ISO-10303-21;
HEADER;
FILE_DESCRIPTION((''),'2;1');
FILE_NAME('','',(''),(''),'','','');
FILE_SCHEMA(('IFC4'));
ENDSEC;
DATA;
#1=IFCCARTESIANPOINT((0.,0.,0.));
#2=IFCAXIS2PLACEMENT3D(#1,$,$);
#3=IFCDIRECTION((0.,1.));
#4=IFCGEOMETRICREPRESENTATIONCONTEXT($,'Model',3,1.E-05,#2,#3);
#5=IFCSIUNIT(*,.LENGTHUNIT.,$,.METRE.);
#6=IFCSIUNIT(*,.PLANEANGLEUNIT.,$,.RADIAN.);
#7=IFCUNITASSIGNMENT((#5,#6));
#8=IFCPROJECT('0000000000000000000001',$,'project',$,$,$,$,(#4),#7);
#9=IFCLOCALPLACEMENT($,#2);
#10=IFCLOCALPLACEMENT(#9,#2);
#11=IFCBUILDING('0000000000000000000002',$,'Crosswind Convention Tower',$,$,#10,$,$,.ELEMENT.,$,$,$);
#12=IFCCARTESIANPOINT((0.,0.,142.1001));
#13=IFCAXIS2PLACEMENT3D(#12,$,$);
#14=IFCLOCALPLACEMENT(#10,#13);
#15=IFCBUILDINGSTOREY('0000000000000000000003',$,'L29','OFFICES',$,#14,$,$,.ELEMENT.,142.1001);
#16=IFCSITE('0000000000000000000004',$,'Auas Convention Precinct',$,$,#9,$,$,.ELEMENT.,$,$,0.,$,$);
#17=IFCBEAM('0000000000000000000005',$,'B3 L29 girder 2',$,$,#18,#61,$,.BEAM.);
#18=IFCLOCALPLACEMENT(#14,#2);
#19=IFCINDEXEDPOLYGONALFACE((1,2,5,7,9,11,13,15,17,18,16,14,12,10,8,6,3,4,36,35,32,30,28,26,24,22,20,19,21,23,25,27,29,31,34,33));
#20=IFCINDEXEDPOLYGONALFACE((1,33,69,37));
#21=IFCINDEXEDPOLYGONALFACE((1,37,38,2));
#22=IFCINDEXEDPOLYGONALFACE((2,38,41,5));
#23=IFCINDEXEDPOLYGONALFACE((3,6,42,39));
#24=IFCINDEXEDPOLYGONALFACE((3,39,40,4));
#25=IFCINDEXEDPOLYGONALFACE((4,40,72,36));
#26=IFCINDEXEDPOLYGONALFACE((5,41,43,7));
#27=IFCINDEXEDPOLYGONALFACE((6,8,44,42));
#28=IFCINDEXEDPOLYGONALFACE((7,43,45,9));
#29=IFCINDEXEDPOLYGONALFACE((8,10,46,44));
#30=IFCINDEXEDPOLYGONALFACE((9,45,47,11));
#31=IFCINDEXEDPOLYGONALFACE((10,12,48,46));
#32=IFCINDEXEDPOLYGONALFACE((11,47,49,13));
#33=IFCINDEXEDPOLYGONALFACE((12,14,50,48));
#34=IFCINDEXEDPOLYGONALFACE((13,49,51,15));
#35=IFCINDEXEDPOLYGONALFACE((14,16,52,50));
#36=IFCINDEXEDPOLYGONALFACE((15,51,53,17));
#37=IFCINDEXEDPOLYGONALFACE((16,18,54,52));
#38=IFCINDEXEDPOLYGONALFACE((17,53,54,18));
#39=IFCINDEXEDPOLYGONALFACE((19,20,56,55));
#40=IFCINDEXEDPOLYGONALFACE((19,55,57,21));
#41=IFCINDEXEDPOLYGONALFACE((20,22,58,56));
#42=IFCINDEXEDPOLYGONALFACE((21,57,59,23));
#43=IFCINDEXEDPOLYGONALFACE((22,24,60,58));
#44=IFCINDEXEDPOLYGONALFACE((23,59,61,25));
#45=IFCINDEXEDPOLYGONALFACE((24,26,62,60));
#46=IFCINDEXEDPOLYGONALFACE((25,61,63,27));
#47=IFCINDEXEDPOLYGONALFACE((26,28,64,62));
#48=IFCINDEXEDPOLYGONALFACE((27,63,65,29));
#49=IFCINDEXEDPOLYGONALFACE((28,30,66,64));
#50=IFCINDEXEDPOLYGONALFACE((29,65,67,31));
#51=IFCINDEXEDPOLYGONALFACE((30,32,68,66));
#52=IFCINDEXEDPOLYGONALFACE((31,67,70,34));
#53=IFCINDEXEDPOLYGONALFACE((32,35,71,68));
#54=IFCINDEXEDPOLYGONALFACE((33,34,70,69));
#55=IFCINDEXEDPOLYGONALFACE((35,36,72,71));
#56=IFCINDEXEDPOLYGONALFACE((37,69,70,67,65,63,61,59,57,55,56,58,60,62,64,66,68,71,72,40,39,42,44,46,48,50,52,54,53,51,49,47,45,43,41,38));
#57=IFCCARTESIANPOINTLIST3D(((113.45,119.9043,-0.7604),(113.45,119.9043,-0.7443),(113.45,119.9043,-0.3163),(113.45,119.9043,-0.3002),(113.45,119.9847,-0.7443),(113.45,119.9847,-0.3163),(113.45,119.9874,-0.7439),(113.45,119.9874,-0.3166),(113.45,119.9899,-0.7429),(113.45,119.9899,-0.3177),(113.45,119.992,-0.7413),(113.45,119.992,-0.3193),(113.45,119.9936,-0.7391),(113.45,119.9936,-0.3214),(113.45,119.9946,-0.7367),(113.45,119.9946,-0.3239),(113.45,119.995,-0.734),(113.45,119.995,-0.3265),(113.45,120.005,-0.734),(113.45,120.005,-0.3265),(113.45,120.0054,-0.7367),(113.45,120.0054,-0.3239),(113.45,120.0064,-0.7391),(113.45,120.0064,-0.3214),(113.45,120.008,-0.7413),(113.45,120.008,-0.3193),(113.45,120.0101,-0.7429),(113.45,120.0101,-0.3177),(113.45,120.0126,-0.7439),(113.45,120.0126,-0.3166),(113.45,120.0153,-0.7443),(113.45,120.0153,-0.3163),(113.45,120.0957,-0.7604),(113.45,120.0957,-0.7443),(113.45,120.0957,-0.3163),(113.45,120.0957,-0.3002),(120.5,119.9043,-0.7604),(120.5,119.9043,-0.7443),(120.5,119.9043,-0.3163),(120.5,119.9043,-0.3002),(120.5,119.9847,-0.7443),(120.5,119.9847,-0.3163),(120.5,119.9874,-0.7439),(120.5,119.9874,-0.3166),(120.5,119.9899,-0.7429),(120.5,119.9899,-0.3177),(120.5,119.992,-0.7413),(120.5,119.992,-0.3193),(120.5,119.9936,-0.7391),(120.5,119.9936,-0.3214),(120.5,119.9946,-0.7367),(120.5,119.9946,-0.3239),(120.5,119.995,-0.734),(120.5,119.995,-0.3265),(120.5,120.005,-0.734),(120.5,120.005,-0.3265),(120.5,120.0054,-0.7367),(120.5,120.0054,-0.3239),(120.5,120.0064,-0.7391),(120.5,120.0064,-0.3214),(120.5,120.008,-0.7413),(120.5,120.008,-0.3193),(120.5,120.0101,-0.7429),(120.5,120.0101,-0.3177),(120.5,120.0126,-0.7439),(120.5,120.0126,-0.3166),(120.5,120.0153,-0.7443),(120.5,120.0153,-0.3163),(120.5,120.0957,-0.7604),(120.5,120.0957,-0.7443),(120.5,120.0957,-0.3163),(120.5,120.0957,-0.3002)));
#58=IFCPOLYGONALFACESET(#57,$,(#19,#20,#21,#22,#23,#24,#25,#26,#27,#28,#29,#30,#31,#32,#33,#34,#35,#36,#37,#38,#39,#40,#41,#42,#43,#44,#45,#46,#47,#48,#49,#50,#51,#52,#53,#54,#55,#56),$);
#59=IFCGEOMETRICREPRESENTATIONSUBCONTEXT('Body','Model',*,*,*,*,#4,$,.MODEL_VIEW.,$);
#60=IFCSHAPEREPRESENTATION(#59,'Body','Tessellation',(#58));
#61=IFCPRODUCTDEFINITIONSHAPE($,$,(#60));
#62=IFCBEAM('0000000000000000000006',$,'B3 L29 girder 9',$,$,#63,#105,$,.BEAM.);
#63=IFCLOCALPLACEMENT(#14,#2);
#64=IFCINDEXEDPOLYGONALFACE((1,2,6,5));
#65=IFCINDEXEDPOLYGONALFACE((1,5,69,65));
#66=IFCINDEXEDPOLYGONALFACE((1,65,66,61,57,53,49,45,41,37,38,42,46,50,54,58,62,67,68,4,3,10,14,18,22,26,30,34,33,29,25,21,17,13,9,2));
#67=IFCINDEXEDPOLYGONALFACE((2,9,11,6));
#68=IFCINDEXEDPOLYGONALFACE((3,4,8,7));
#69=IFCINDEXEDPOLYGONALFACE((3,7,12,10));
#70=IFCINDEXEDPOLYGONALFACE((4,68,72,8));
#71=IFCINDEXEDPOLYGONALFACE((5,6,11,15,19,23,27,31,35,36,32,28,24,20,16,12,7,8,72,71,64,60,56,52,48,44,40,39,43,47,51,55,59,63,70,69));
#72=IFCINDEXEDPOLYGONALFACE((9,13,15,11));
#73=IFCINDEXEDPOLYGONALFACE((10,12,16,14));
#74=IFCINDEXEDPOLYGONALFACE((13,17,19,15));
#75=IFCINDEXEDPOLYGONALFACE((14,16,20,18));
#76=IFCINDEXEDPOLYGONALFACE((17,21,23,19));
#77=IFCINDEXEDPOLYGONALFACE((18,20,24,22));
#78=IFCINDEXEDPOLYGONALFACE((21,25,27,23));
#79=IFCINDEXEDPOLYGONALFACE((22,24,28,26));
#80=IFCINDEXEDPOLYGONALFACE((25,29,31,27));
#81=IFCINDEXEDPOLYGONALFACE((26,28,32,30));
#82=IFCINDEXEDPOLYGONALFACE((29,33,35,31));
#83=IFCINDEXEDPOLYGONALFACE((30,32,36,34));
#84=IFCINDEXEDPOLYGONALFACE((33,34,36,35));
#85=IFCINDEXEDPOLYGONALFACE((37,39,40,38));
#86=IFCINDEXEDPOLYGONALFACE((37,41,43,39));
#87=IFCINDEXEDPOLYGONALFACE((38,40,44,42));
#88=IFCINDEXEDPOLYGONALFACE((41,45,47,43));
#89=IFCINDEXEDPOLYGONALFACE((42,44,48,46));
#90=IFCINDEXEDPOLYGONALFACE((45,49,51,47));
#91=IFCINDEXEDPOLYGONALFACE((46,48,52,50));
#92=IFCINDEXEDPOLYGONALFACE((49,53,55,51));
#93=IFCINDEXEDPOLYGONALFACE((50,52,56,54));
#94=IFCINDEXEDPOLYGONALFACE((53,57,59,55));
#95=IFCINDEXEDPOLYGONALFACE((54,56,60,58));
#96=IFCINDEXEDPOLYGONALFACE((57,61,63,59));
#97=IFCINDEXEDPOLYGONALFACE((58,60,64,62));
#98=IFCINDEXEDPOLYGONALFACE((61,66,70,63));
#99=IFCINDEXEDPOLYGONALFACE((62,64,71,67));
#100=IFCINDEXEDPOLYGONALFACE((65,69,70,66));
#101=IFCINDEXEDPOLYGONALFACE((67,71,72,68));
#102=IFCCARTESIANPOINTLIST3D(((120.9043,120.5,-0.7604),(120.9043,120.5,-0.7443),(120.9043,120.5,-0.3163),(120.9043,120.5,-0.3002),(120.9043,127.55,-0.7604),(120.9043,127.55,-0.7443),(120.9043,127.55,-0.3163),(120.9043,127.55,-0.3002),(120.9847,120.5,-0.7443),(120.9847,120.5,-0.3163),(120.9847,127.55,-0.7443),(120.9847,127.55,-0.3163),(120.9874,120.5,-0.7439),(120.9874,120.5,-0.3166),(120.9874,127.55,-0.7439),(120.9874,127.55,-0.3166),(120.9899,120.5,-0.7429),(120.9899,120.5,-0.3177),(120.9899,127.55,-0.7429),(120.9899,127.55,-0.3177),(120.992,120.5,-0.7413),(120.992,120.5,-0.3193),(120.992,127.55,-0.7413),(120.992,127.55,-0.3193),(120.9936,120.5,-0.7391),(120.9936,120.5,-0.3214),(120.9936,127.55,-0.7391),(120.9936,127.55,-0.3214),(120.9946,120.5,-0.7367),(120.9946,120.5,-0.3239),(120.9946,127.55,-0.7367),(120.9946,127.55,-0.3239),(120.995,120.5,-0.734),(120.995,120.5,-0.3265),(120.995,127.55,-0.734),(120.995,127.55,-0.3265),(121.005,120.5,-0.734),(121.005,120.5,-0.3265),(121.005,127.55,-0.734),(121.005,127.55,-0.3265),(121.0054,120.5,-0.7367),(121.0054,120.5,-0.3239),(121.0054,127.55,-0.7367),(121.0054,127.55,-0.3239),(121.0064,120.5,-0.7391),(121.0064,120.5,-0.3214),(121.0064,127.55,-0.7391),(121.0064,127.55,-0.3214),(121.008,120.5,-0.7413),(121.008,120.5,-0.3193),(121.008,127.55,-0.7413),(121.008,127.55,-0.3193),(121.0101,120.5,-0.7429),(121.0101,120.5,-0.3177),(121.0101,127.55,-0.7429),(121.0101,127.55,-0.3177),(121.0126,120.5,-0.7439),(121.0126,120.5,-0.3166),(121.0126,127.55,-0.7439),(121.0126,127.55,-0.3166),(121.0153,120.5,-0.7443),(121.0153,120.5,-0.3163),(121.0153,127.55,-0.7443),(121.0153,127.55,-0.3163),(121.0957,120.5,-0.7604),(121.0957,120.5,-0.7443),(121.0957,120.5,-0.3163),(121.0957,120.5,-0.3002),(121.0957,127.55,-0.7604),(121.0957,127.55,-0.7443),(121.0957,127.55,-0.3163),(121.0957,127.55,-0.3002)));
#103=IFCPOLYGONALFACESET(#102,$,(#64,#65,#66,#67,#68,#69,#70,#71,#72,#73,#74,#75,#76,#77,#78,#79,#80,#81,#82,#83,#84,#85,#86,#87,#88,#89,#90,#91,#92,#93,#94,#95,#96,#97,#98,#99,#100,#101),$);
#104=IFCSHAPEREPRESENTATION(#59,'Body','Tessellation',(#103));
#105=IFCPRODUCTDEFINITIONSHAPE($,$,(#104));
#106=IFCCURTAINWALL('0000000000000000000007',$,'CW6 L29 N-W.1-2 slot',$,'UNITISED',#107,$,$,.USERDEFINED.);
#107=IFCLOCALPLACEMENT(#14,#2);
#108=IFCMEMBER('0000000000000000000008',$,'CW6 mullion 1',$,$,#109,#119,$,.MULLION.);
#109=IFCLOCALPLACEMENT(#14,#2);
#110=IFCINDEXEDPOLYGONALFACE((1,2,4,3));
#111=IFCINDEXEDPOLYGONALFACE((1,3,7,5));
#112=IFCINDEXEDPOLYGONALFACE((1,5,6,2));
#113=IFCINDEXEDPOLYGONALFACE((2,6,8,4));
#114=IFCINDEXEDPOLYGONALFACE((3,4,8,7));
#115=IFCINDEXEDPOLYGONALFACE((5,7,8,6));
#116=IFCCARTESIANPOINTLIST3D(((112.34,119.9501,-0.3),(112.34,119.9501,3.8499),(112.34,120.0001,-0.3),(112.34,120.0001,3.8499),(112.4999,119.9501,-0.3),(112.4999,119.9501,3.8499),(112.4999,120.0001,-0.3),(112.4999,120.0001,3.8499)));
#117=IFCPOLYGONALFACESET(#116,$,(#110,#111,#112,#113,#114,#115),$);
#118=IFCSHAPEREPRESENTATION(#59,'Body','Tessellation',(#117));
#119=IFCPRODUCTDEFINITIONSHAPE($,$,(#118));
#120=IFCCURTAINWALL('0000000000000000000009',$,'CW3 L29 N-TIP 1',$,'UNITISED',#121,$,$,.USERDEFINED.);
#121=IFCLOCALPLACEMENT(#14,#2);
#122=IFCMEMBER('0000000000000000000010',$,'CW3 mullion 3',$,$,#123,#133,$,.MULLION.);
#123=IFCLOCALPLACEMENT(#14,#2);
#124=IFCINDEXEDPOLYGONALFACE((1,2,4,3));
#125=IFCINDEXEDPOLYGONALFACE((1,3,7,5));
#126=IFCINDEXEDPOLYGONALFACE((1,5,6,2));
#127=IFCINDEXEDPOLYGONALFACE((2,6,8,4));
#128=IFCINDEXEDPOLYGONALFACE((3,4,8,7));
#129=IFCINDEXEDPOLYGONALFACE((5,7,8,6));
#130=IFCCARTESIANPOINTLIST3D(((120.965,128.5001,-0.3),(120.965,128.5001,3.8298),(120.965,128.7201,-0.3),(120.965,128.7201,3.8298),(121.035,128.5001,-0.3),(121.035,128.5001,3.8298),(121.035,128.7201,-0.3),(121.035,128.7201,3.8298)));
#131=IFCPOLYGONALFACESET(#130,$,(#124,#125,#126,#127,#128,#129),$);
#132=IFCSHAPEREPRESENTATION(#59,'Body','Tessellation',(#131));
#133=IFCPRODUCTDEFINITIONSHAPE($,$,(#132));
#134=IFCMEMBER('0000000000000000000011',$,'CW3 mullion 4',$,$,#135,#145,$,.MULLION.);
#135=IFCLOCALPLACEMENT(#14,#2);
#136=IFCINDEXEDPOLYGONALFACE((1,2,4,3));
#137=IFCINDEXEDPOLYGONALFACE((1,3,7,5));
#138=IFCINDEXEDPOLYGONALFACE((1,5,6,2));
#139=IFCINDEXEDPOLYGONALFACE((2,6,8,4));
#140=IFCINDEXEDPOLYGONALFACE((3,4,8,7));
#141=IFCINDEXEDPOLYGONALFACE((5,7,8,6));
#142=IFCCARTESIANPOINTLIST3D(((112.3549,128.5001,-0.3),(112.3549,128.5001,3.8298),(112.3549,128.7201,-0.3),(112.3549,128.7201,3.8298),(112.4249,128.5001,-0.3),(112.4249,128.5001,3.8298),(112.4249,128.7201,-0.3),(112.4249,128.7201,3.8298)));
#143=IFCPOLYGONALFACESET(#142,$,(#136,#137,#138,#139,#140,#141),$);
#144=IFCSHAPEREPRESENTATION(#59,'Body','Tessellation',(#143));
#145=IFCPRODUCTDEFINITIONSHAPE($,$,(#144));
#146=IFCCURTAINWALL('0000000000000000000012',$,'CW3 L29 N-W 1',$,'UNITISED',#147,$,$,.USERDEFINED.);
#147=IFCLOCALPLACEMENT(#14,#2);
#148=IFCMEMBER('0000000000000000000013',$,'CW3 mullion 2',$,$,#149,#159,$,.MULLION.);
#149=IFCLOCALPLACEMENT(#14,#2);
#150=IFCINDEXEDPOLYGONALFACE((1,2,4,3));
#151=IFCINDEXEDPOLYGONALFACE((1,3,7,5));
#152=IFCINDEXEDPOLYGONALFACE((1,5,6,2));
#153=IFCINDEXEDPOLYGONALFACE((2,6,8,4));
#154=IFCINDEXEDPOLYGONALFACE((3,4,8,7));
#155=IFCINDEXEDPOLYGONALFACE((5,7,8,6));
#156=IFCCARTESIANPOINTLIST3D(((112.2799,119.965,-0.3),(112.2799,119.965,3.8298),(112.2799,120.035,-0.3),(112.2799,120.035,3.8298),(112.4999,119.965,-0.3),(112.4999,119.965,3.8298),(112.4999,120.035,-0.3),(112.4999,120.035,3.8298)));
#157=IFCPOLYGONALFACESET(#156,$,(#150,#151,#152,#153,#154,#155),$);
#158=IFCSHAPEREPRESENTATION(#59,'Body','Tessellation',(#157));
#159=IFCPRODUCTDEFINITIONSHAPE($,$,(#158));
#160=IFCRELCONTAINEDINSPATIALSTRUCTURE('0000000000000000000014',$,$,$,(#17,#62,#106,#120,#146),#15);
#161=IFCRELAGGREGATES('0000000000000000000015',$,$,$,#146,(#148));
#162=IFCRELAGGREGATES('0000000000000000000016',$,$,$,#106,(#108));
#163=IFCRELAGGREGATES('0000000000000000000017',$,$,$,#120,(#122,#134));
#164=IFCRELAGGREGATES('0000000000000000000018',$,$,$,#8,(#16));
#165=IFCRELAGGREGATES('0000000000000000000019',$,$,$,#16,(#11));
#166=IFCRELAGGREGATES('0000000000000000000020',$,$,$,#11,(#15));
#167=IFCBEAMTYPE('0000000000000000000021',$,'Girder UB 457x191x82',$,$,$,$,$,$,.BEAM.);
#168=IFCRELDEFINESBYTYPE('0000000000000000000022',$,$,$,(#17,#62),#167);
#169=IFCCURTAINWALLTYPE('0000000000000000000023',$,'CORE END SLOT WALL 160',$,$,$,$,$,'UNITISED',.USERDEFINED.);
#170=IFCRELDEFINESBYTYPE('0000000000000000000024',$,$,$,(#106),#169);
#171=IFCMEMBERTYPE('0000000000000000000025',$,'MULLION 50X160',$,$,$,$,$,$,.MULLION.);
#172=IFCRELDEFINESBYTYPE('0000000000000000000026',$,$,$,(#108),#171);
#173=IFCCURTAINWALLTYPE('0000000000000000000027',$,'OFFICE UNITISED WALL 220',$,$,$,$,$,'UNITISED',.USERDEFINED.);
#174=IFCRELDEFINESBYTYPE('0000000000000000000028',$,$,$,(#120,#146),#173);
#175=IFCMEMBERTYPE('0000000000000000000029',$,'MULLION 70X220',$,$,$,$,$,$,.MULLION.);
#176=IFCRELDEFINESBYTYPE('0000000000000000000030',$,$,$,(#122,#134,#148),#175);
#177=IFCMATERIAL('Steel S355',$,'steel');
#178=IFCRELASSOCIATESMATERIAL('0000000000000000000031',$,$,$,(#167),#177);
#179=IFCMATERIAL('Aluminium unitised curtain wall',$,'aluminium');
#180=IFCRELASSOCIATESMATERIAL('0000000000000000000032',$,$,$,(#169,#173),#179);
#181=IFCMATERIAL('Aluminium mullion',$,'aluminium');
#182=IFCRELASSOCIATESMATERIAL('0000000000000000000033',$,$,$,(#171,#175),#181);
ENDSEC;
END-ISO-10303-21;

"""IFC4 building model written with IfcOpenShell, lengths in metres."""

from ifc_helpers import new_model, si_unit, direction, frame, origin, origin_2d, place, context, subcontext, project, spatial, rectangle, i_section, extrude, material, material_profile, profile_set, type_object, element, aggregate, save


model = new_model("IFC4")

# Units and contexts
model_context = context("Model", 3, precision=1e-05, world=origin(), true_north=direction((0.0, 1.0)))
body_context = subcontext(model_context, "Body", "Model", "MODEL_VIEW")
ifc_project = project(units=[si_unit("LENGTHUNIT", "METRE"), si_unit("PLANEANGLEUNIT", "RADIAN")], contexts=[model_context])

# Site, building, storey
site_placement = place(None, origin())
site = spatial("IfcSite", under=ifc_project, at=site_placement, Name="Auas Convention Precinct", CompositionType="ELEMENT", RefElevation=0.0)
building_placement = place(site_placement, origin())
building = spatial("IfcBuilding", under=site, at=building_placement, Name="Crosswind Convention Tower", CompositionType="ELEMENT")
storey_placement = place(building_placement, frame((0.0, 0.0, 142.1001)))
storey = spatial("IfcBuildingStorey", under=building, at=storey_placement, Name="L29", Description="OFFICES", CompositionType="ELEMENT", Elevation=142.1001)

# Beams
ifc_material_1 = material(Name="Steel S355", Category="steel")
ifc_material_profile_1 = material_profile(ifc_material_1, i_section(OverallWidth=0.1914, OverallDepth=0.4602, WebThickness=0.01, FlangeThickness=0.0161, FilletRadius=0.0103, at=origin_2d()), Name="UB 457x191x82")
ifc_profile_set_1 = profile_set([ifc_material_profile_1], Name="Steel S355")
beam_type_1 = type_object("IfcBeamType", Name="Girder UB 457x191x82", PredefinedType="BEAM", material=ifc_profile_set_1)
for number, where, z_axis, x_axis, name in (
    (1, (113.45, 120.0, -0.5303), (1.0, 0.0, 0.0), (0.0, 1.0, 0.0), "B3 L29 girder 2"),
    (2, (121.0, 120.5, -0.5303), (0.0, 1.0, 0.0), (-1.0, 0.0, 0.0), "B3 L29 girder 9"),
):
    element("IfcBeam", number, at=place(storey_placement, frame(where, z_axis=z_axis, x_axis=x_axis)), inside=storey, type_object=beam_type_1, Name=name, PredefinedType="BEAM", context=body_context, shape_type="SweptSolid", body=[
        extrude(i_section(OverallWidth=0.1914, OverallDepth=0.4602, WebThickness=0.01, FlangeThickness=0.0161, FilletRadius=0.0103, at=origin_2d()), origin(), (0.0, 0.0, 1.0), 7.05),
    ])

# Curtain wall, member
ifc_material_2 = material(Name="Aluminium unitised curtain wall", Category="aluminium")
curtain_wall_type_1 = type_object("IfcCurtainWallType", Name="CORE END SLOT WALL 160", ElementType="UNITISED", PredefinedType="USERDEFINED", material=ifc_material_2)
curtain_wall_1_placement = place(storey_placement, origin())
curtain_wall_1 = element("IfcCurtainWall", 3, at=curtain_wall_1_placement, inside=storey, type_object=curtain_wall_type_1, Name="CW6 L29 N-W.1-2 slot", ObjectType="UNITISED", PredefinedType="USERDEFINED")
ifc_material_3 = material(Name="Aluminium mullion", Category="aluminium")
ifc_material_profile_2 = material_profile(ifc_material_3, rectangle(XDim=0.1599, YDim=0.05, at=origin_2d()), Name="AL 160X50")
ifc_profile_set_2 = profile_set([ifc_material_profile_2], Name="Aluminium mullion")
member_type_1 = type_object("IfcMemberType", Name="MULLION 50X160", PredefinedType="MULLION", material=ifc_profile_set_2)
member_1_placement = place(storey_placement, frame((112.4199, 119.9751, -0.3), z_axis=(0.0, 0.0, 1.0), x_axis=(-1.0, 0.0, 0.0)))
member_1 = element("IfcMember", 4, at=member_1_placement, type_object=member_type_1, Name="CW6 mullion 1", PredefinedType="MULLION", context=body_context, shape_type="SweptSolid", body=[
    extrude(rectangle(XDim=0.1599, YDim=0.05, at=origin_2d()), origin(), (0.0, 0.0, 1.0), 4.1499),
])

# Curtain wall, members
curtain_wall_type_2 = type_object("IfcCurtainWallType", Name="OFFICE UNITISED WALL 220", ElementType="UNITISED", PredefinedType="USERDEFINED", material=ifc_material_2)
curtain_wall_2_placement = place(storey_placement, origin())
curtain_wall_2 = element("IfcCurtainWall", 5, at=curtain_wall_2_placement, inside=storey, type_object=curtain_wall_type_2, Name="CW3 L29 N-TIP 1", ObjectType="UNITISED", PredefinedType="USERDEFINED")
ifc_material_profile_3 = material_profile(ifc_material_3, rectangle(XDim=0.22, YDim=0.0701, at=origin_2d()), Name="AL 220X70")
ifc_profile_set_3 = profile_set([ifc_material_profile_3], Name="Aluminium mullion")
member_type_2 = type_object("IfcMemberType", Name="MULLION 70X220", PredefinedType="MULLION", material=ifc_profile_set_3)
member_2_placement = place(storey_placement, frame((121.0, 128.6101, -0.3), z_axis=(0.0, 0.0, 1.0), x_axis=(0.0, 1.0, 0.0)))
member_2 = element("IfcMember", 6, at=member_2_placement, type_object=member_type_2, Name="CW3 mullion 3", PredefinedType="MULLION", context=body_context, shape_type="SweptSolid", body=[
    extrude(rectangle(XDim=0.22, YDim=0.0701, at=origin_2d()), origin(), (0.0, 0.0, 1.0), 4.1299),
])
member_3_placement = place(storey_placement, frame((112.3899, 128.6101, -0.3), z_axis=(0.0, 0.0, 1.0), x_axis=(0.0, 1.0, 0.0)))
member_3 = element("IfcMember", 7, at=member_3_placement, type_object=member_type_2, Name="CW3 mullion 4", PredefinedType="MULLION", context=body_context, shape_type="SweptSolid", body=[
    extrude(rectangle(XDim=0.22, YDim=0.0701, at=origin_2d()), origin(), (0.0, 0.0, 1.0), 4.1299),
])

# Curtain wall, member
curtain_wall_3_placement = place(storey_placement, origin())
curtain_wall_3 = element("IfcCurtainWall", 8, at=curtain_wall_3_placement, inside=storey, type_object=curtain_wall_type_2, Name="CW3 L29 N-W 1", ObjectType="UNITISED", PredefinedType="USERDEFINED")
member_4_placement = place(storey_placement, frame((112.3899, 120.0, -0.3), z_axis=(0.0, 0.0, 1.0), x_axis=(-1.0, 0.0, 0.0)))
member_4 = element("IfcMember", 9, at=member_4_placement, type_object=member_type_2, Name="CW3 mullion 2", PredefinedType="MULLION", context=body_context, shape_type="SweptSolid", body=[
    extrude(rectangle(XDim=0.22, YDim=0.0701, at=origin_2d()), origin(), (0.0, 0.0, 1.0), 4.1299),
])

aggregate(curtain_wall_3, [member_4])

aggregate(curtain_wall_1, [member_1])
aggregate(curtain_wall_2, [member_2, member_3])

save(model, "model.ifc")
